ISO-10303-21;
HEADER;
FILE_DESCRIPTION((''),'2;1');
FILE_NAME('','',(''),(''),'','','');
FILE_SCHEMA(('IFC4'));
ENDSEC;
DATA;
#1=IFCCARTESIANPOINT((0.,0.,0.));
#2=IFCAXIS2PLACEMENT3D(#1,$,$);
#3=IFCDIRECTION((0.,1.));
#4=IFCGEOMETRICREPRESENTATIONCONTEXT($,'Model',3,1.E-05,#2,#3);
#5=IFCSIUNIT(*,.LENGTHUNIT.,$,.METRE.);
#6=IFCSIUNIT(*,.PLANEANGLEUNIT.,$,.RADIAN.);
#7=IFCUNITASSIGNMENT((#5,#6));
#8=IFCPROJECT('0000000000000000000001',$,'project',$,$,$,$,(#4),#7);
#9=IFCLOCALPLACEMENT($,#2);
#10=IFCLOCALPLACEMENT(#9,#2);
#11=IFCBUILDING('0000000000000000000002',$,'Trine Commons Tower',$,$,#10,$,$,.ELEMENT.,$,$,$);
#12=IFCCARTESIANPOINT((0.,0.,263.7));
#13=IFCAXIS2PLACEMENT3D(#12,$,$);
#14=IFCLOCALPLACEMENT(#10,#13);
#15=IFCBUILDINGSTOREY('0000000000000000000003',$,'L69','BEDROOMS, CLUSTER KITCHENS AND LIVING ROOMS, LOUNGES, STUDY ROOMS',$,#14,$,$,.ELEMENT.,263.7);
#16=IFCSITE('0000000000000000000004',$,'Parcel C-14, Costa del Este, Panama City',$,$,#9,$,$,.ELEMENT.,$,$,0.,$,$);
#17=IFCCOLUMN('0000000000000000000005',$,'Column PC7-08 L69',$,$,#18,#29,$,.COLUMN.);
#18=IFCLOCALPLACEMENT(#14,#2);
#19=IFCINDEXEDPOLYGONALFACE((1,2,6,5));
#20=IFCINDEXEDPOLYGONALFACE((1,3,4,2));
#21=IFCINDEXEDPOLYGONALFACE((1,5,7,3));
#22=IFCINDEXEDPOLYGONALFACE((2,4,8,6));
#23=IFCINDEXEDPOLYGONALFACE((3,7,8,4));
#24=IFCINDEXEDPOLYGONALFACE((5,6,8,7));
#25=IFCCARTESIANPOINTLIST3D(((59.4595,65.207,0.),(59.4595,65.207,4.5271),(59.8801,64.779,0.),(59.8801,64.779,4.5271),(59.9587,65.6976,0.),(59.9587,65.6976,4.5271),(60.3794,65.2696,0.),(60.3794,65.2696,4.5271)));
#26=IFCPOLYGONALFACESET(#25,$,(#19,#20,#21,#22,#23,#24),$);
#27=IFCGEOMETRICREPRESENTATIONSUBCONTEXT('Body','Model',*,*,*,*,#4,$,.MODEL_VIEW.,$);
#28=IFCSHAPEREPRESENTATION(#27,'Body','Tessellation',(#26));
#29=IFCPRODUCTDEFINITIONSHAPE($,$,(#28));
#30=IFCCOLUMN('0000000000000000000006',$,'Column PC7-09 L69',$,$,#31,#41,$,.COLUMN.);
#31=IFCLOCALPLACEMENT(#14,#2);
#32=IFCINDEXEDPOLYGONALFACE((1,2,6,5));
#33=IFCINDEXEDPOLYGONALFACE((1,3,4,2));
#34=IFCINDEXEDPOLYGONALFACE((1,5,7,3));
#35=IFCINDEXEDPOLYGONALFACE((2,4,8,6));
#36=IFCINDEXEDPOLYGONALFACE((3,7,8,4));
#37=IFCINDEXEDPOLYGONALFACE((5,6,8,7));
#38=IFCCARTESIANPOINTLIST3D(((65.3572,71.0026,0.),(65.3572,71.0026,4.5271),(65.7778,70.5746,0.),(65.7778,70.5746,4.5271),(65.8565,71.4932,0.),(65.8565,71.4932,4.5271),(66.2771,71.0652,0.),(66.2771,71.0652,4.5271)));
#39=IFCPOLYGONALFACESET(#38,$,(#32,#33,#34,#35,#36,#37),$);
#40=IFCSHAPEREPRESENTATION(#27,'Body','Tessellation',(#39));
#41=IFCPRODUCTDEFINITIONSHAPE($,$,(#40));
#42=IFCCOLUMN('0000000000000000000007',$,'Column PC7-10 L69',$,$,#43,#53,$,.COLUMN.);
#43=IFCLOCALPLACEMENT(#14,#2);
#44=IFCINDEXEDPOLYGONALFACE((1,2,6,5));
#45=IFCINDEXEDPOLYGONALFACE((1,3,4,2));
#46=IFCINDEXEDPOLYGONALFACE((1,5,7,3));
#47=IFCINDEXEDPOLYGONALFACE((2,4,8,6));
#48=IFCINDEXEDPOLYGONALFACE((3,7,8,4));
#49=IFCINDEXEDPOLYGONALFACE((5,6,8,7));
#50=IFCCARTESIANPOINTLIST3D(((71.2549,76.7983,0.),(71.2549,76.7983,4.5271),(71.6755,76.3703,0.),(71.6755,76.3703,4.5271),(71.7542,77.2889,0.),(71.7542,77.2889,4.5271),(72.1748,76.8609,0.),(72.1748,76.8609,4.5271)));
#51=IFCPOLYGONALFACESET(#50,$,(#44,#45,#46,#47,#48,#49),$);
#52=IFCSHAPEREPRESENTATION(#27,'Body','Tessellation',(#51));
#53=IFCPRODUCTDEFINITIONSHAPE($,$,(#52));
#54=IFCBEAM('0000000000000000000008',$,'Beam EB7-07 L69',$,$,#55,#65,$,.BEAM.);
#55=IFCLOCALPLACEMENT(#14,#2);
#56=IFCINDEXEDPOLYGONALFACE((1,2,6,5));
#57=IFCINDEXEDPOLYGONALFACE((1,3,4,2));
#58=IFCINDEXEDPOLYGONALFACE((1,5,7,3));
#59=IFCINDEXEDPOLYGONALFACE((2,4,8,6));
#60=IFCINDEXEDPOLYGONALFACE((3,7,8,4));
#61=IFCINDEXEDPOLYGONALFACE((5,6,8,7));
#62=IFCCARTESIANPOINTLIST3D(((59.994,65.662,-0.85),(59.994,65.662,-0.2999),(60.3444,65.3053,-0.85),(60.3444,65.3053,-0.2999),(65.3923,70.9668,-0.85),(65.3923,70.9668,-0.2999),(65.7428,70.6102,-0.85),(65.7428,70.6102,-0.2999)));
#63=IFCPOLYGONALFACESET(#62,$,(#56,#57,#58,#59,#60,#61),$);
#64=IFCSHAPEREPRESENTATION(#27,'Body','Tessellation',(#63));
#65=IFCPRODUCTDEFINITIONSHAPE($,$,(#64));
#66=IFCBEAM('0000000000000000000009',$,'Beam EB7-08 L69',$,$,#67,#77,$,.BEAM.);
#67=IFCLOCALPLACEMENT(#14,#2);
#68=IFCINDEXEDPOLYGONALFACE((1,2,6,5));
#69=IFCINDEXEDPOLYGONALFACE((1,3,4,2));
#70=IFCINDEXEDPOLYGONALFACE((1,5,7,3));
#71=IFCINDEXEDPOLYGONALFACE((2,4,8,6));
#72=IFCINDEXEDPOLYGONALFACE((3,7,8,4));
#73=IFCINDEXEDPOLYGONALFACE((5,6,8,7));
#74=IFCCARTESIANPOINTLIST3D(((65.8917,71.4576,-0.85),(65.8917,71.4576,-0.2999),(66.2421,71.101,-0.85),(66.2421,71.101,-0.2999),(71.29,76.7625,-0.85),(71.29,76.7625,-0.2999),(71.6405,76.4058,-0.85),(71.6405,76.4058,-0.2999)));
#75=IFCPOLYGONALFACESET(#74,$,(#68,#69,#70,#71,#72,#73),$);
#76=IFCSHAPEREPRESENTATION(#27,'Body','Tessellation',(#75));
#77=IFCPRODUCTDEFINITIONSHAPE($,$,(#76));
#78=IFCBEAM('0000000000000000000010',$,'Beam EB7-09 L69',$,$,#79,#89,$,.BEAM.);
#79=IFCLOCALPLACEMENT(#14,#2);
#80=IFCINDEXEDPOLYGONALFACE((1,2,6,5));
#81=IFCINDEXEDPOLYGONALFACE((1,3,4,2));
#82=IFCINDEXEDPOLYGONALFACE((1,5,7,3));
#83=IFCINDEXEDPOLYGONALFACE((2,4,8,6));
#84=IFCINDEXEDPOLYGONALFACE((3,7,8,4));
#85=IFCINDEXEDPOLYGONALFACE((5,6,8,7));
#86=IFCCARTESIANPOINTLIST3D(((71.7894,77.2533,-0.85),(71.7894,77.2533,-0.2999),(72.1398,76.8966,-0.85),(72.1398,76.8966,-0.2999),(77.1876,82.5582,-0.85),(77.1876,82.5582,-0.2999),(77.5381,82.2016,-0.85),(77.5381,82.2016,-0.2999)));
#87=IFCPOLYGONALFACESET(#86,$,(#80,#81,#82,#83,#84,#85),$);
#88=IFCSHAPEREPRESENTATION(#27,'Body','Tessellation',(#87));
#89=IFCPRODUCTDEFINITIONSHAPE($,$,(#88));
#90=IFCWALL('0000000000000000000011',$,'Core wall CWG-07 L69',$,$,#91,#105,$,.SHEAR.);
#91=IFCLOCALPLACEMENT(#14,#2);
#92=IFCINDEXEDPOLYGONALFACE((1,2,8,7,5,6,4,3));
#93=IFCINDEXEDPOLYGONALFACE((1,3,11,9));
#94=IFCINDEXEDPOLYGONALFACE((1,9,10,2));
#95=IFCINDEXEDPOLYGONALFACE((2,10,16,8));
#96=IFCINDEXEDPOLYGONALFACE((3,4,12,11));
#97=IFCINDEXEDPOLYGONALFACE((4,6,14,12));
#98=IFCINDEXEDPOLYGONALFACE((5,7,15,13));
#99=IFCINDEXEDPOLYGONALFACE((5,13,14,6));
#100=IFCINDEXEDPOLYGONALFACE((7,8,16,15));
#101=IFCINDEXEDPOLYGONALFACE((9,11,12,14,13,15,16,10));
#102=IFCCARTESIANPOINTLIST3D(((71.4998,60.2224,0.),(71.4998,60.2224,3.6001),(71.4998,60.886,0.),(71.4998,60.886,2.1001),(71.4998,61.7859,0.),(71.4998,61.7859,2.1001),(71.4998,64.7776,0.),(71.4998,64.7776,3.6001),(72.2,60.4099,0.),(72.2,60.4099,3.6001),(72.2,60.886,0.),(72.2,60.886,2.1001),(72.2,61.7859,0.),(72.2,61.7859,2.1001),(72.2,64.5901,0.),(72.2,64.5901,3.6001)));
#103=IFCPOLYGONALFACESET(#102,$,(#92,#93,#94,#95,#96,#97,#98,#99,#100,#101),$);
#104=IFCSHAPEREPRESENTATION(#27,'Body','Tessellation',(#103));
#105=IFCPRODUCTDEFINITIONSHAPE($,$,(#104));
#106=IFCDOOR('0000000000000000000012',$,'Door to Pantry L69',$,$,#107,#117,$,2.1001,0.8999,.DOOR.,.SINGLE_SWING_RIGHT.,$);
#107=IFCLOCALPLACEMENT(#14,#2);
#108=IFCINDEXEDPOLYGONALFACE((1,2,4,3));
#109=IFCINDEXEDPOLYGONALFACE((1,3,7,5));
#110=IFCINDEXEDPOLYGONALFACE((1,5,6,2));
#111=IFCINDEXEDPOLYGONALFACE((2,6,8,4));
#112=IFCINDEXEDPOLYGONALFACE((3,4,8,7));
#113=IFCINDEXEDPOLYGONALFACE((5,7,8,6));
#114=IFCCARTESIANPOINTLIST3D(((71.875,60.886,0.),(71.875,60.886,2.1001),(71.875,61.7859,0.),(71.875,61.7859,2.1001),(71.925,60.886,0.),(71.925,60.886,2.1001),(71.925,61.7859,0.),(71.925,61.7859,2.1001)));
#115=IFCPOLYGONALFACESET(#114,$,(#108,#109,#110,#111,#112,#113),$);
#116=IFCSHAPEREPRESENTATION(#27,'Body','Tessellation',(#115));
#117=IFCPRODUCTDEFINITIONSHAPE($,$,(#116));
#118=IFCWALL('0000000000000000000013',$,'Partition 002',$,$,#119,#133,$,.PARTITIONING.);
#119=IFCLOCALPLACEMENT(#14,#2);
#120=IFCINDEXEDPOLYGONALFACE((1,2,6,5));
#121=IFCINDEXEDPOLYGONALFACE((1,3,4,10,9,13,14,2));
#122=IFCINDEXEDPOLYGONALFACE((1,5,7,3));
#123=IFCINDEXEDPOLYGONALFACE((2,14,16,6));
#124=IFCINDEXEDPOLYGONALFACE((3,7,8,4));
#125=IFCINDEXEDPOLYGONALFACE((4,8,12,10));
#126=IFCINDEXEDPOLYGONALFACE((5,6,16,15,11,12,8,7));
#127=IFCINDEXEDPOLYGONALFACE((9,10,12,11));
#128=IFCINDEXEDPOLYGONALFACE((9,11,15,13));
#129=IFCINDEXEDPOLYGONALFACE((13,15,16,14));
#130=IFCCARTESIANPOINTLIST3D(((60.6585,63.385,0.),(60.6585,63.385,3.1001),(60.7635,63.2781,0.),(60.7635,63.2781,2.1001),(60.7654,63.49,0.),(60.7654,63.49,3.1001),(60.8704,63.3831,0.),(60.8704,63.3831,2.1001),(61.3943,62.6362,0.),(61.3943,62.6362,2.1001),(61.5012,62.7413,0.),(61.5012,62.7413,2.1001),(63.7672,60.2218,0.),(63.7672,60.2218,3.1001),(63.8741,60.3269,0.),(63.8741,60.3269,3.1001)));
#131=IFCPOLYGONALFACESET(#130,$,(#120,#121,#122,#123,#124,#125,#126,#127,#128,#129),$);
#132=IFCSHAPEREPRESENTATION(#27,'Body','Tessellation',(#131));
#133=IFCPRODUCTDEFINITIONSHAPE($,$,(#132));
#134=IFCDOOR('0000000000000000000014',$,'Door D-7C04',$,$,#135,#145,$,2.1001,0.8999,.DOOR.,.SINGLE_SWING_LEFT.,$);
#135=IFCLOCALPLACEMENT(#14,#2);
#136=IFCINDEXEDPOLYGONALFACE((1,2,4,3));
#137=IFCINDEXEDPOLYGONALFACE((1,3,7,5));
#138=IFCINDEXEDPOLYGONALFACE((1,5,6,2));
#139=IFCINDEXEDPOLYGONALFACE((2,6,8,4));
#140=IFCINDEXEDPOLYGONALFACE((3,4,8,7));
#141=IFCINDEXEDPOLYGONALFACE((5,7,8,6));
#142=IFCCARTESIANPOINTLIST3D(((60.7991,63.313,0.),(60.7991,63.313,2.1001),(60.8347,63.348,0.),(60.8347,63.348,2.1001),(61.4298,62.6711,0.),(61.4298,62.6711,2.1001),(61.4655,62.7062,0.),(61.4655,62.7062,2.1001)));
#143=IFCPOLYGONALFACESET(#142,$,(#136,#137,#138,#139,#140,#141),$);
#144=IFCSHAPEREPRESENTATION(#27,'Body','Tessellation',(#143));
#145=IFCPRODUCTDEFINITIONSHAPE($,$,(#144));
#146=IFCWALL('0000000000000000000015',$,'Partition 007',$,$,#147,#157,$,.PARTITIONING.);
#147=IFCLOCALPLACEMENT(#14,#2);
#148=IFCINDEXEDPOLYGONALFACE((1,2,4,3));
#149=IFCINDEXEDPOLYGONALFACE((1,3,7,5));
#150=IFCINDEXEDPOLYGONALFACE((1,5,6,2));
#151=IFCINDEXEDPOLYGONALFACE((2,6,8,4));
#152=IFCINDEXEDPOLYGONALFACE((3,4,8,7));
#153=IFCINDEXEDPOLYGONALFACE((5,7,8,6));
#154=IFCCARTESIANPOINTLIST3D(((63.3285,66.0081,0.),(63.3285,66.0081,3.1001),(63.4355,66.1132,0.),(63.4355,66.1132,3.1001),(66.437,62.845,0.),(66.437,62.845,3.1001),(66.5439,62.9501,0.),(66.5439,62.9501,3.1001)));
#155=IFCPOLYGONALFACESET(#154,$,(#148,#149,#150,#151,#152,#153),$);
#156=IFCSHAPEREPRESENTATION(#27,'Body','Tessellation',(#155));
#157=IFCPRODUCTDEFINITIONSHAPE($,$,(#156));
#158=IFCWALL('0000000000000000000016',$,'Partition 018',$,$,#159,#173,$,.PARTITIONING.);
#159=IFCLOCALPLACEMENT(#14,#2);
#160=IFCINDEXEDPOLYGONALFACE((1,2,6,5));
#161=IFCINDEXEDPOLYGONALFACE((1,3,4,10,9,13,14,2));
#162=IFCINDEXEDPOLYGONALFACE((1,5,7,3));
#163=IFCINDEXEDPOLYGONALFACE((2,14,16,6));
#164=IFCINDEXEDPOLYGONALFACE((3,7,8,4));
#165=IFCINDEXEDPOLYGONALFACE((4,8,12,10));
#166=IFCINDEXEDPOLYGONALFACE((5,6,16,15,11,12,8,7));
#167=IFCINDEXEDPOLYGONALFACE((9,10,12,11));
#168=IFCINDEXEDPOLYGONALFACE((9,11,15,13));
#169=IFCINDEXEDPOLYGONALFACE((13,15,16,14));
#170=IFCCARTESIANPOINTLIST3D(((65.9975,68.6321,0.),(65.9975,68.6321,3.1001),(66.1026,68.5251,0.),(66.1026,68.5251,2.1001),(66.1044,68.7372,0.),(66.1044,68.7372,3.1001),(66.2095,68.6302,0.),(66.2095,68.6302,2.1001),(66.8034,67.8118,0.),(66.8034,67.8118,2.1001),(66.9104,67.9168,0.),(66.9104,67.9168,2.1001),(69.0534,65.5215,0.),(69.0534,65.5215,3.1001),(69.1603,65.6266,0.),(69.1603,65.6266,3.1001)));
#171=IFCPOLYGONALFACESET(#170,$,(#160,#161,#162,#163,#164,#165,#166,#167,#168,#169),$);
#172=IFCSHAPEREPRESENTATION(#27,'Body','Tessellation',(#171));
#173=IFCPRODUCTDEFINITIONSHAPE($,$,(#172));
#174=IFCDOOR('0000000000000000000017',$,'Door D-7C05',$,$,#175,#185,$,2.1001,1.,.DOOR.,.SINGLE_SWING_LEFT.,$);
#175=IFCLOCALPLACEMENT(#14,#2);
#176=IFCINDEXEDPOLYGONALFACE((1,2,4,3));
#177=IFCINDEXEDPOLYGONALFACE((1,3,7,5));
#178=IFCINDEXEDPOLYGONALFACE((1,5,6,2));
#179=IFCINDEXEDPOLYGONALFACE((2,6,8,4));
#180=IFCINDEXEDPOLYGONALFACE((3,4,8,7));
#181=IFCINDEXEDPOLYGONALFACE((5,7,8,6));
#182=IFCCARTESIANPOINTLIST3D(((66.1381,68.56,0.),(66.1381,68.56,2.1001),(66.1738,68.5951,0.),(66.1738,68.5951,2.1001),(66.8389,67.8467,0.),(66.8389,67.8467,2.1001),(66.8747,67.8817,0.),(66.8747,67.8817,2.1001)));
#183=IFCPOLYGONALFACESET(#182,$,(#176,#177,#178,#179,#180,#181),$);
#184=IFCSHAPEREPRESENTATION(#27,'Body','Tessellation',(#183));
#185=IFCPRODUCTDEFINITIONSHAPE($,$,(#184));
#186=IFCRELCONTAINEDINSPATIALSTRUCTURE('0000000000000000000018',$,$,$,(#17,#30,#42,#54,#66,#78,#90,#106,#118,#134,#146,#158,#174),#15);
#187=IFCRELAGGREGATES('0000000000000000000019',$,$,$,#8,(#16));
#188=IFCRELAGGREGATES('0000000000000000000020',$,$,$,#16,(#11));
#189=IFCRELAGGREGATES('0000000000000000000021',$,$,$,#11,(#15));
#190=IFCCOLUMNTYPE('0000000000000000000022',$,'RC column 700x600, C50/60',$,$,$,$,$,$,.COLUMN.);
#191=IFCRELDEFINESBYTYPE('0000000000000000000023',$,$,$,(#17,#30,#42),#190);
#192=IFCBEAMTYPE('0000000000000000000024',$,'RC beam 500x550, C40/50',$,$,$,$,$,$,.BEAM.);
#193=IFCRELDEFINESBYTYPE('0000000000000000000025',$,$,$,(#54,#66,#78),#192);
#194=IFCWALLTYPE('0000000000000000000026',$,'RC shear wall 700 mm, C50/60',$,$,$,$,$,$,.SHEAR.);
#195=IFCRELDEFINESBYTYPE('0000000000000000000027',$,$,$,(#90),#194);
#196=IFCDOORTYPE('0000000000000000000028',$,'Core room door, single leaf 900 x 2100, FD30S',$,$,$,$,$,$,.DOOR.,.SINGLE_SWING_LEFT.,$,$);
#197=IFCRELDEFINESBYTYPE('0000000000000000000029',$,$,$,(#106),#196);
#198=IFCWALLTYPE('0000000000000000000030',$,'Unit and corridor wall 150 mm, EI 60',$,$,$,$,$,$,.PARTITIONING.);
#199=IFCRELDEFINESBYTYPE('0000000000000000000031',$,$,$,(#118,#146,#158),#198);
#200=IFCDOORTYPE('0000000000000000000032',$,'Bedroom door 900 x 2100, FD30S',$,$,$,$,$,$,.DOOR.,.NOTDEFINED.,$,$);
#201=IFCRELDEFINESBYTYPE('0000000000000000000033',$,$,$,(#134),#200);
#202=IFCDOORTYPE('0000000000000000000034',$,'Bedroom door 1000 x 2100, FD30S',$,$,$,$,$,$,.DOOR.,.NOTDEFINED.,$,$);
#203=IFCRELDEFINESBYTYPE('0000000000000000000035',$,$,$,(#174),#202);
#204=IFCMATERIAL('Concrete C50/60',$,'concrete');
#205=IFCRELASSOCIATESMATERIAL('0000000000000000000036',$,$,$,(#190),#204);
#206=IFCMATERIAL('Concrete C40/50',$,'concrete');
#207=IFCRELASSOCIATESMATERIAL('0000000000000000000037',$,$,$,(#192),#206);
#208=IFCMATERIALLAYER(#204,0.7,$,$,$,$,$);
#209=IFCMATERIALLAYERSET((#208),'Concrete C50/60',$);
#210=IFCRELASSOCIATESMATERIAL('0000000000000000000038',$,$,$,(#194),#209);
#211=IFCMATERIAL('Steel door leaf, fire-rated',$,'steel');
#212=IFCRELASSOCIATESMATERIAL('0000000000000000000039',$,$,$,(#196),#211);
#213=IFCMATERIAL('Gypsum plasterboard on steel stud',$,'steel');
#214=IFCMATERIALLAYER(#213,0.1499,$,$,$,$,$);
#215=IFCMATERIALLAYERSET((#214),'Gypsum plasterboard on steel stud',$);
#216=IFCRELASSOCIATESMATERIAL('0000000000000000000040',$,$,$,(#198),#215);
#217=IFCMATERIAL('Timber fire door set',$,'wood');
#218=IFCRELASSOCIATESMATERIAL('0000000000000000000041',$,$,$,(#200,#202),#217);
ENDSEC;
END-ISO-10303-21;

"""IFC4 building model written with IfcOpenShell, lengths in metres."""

from ifc_helpers import new_model, si_unit, direction, frame, frame_2d, origin, origin_2d, place, context, subcontext, project, spatial, polyline, rectangle, outline, extrude, material, layer, layer_set, material_profile, profile_set, type_object, element, fill, save


model = new_model("IFC4")

# Units and contexts
model_context = context("Model", 3, precision=1e-05, world=origin(), true_north=direction((0.0, 1.0)))
body_context = subcontext(model_context, "Body", "Model", "MODEL_VIEW")
ifc_project = project(units=[si_unit("LENGTHUNIT", "METRE"), si_unit("PLANEANGLEUNIT", "RADIAN")], contexts=[model_context])

# Site, building, storey
site_placement = place(None, origin())
site = spatial("IfcSite", under=ifc_project, at=site_placement, Name="Parcel C-14, Costa del Este, Panama City", CompositionType="ELEMENT", RefElevation=0.0)
building_placement = place(site_placement, origin())
building = spatial("IfcBuilding", under=site, at=building_placement, Name="Trine Commons Tower", CompositionType="ELEMENT")
storey_placement = place(building_placement, frame((0.0, 0.0, 263.7)))
storey = spatial("IfcBuildingStorey", under=building, at=storey_placement, Name="L69", Description="BEDROOMS, CLUSTER KITCHENS AND LIVING ROOMS, LOUNGES, STUDY ROOMS", CompositionType="ELEMENT", Elevation=263.7)

# Columns
ifc_material_1 = material(Name="Concrete C50/60", Category="concrete")
ifc_material_profile_1 = material_profile(ifc_material_1, rectangle(XDim=0.7, YDim=0.6001, at=origin_2d()), Name="RC 700x600")
ifc_profile_set_1 = profile_set([ifc_material_profile_1], Name="Concrete C50/60")
column_type = type_object("IfcColumnType", Name="RC column 700x600, C50/60", PredefinedType="COLUMN", material=ifc_profile_set_1)
for number, where, z_axis, x_axis, name in (
    (1, (59.9194, 65.2383, 0.0), (0.0, 0.0, 1.0), (0.71325, 0.700909, 0.0), "Column PC7-08 L69"),
    (2, (65.8171, 71.0339, 0.0), (0.0, 0.0, 1.0), (0.71325, 0.700909, 0.0), "Column PC7-09 L69"),
    (3, (71.7148, 76.8296, 0.0), (0.0, 0.0, 1.0), (0.71325, 0.700909, 0.0), "Column PC7-10 L69"),
):
    element("IfcColumn", number, at=place(storey_placement, frame(where, z_axis=z_axis, x_axis=x_axis)), inside=storey, type_object=column_type, Name=name, PredefinedType="COLUMN", context=body_context, shape_type="SweptSolid", body=[
        extrude(rectangle(XDim=0.7, YDim=0.6001, at=origin_2d()), origin(), (0.0, 0.0, 1.0), 4.5271),
    ])

# Beams
ifc_material_2 = material(Name="Concrete C40/50", Category="concrete")
ifc_material_profile_2 = material_profile(ifc_material_2, rectangle(XDim=0.5, YDim=0.55, at=origin_2d()), Name="RC 500x550")
ifc_profile_set_2 = profile_set([ifc_material_profile_2], Name="Concrete C40/50")
beam_type = type_object("IfcBeamType", Name="RC beam 500x550, C40/50", PredefinedType="BEAM", material=ifc_profile_set_2)
for number, where, z_axis, x_axis, name in (
    (4, (60.1692, 65.4836, -0.575), (0.713257, 0.700903, 0.0), (-0.700903, 0.713257, 0.0), "Beam EB7-07 L69"),
    (5, (66.0669, 71.2793, -0.575), (0.713257, 0.700903, 0.0), (-0.700903, 0.713257, 0.0), "Beam EB7-08 L69"),
    (6, (71.9646, 77.075, -0.575), (0.713241, 0.700919, 0.0), (-0.700919, 0.713241, 0.0), "Beam EB7-09 L69"),
):
    element("IfcBeam", number, at=place(storey_placement, frame(where, z_axis=z_axis, x_axis=x_axis)), inside=storey, type_object=beam_type, Name=name, PredefinedType="BEAM", context=body_context, shape_type="SweptSolid", body=[
        extrude(rectangle(XDim=0.5, YDim=0.55, at=origin_2d()), origin(), (0.0, 0.0, 1.0), 7.5686),
    ])

# Walls, openings, doors
ifc_layer_1 = layer(ifc_material_1, 0.7)
ifc_layer_set_1 = layer_set([ifc_layer_1], Name="Concrete C50/60")
wall_type_1 = type_object("IfcWallType", Name="RC shear wall 700 mm, C50/60", PredefinedType="SHEAR", material=ifc_layer_set_1)
wall_1_placement = place(storey_placement, frame((71.8499, 64.7776, 0.0), z_axis=(0.0, 0.0, 1.0), x_axis=(0.0, -1.0, 0.0)))
wall_1 = element("IfcWall", 7, at=wall_1_placement, inside=storey, type_object=wall_type_1, Name="Core wall CWG-07 L69", PredefinedType="SHEAR", context=body_context, shape_type="SweptSolid", body=[
    extrude(outline(polyline([(0.0, -0.3501), (4.5552, -0.3501), (4.3677, 0.3501), (0.1875, 0.3501), (0.0, -0.3501)])), origin(), (0.0, 0.0, 1.0), 3.6001),
])
opening_1_placement = place(wall_1_placement, frame((2.9917, 0.0, 0.0)))
opening_1 = element("IfcOpeningElement", 8, at=opening_1_placement, cuts=wall_1, PredefinedType="OPENING", context=body_context, shape_type="SweptSolid", body=[
    extrude(rectangle(XDim=0.8999, YDim=2.1001, at=frame_2d((0.45, 1.05))), frame((0.0, 0.3599, 0.0), z_axis=(0.0, -1.0, 0.0), x_axis=(1.0, 0.0, 0.0)), (0.0, 0.0, 1.0), 0.72),
])
ifc_material_3 = material(Name="Steel door leaf, fire-rated", Category="steel")
door_type_1 = type_object("IfcDoorType", Name="Core room door, single leaf 900 x 2100, FD30S", OperationType="SINGLE_SWING_LEFT", PredefinedType="DOOR", material=ifc_material_3)
door_1_placement = place(opening_1_placement, origin())
door_1 = element("IfcDoor", 9, at=door_1_placement, inside=storey, type_object=door_type_1, Name="Door to Pantry L69", OperationType="SINGLE_SWING_RIGHT", OverallHeight=2.1001, OverallWidth=0.8999, PredefinedType="DOOR", context=body_context, shape_type="SweptSolid", body=[
    extrude(rectangle(XDim=0.8999, YDim=2.1001, at=frame_2d((0.45, 1.05))), frame((0.0, 0.0752, 0.0), z_axis=(0.0, -1.0, 0.0), x_axis=(1.0, 0.0, 0.0)), (0.0, 0.0, 1.0), 0.05),
])
fill(opening_1, door_1)
ifc_material_4 = material(Name="Gypsum plasterboard on steel stud", Category="steel")
ifc_layer_2 = layer(ifc_material_4, 0.1499)
ifc_layer_set_2 = layer_set([ifc_layer_2], Name="Gypsum plasterboard on steel stud")
wall_type_2 = type_object("IfcWallType", Name="Unit and corridor wall 150 mm, EI 60", PredefinedType="PARTITIONING", material=ifc_layer_set_2)
wall_2_placement = place(storey_placement, frame((60.7119, 63.4375, 0.0), z_axis=(0.0, 0.0, 1.0), x_axis=(0.700942, -0.713218, 0.0)))
wall_2 = element("IfcWall", 10, at=wall_2_placement, inside=storey, type_object=wall_type_2, Name="Partition 002", PredefinedType="PARTITIONING", context=body_context, shape_type="SweptSolid", body=[
    extrude(rectangle(XDim=4.4351, YDim=0.1499, at=frame_2d((2.2175, 0.0))), origin(), (0.0, 0.0, 1.0), 3.1001),
])
opening_2_placement = place(wall_2_placement, frame((0.1499, 0.0, 0.0)))
opening_2 = element("IfcOpeningElement", 11, at=opening_2_placement, cuts=wall_2, PredefinedType="OPENING", context=body_context, shape_type="SweptSolid", body=[
    extrude(rectangle(XDim=0.8999, YDim=2.1001, at=frame_2d((0.45, 1.05))), frame((0.0, 0.085, 0.0), z_axis=(0.0, -1.0, 0.0), x_axis=(1.0, 0.0, 0.0)), (0.0, 0.0, 1.0), 0.1699),
])
ifc_material_5 = material(Name="Timber fire door set", Category="wood")
door_type_2 = type_object("IfcDoorType", Name="Bedroom door 900 x 2100, FD30S", OperationType="NOTDEFINED", PredefinedType="DOOR", material=ifc_material_5)
door_2_placement = place(opening_2_placement, origin())
door_2 = element("IfcDoor", 12, at=door_2_placement, inside=storey, type_object=door_type_2, Name="Door D-7C04", OperationType="SINGLE_SWING_LEFT", OverallHeight=2.1001, OverallWidth=0.8999, PredefinedType="DOOR", context=body_context, shape_type="SweptSolid", body=[
    extrude(rectangle(XDim=0.8999, YDim=2.1001, at=frame_2d((0.45, 1.05))), frame((0.0, 0.0249, 0.0), z_axis=(0.0, -1.0, 0.0), x_axis=(1.0, 0.0, 0.0)), (0.0, 0.0, 1.0), 0.05),
])
fill(opening_2, door_2)

# Wall
wall_3_placement = place(storey_placement, frame((63.3821, 66.0605, 0.0), z_axis=(0.0, 0.0, 1.0), x_axis=(0.700914, -0.713246, 0.0)))
element("IfcWall", 13, at=wall_3_placement, inside=storey, type_object=wall_type_2, Name="Partition 007", PredefinedType="PARTITIONING", context=body_context, shape_type="SweptSolid", body=[
    extrude(rectangle(XDim=4.4348, YDim=0.1499, at=frame_2d((2.2173, 0.0))), origin(), (0.0, 0.0, 1.0), 3.1001),
])

# Wall, opening, door
wall_4_placement = place(storey_placement, frame((66.051, 68.6846, 0.0), z_axis=(0.0, 0.0, 1.0), x_axis=(0.700808, -0.71335, 0.0)))
wall_4 = element("IfcWall", 14, at=wall_4_placement, inside=storey, type_object=wall_type_2, Name="Partition 018", PredefinedType="PARTITIONING", context=body_context, shape_type="SweptSolid", body=[
    extrude(rectangle(XDim=4.3606, YDim=0.1499, at=frame_2d((2.1802, 0.0))), origin(), (0.0, 0.0, 1.0), 3.1001),
])
opening_3_placement = place(wall_4_placement, frame((0.1499, 0.0, 0.0)))
opening_3 = element("IfcOpeningElement", 15, at=opening_3_placement, cuts=wall_4, PredefinedType="OPENING", context=body_context, shape_type="SweptSolid", body=[
    extrude(rectangle(XDim=1.0, YDim=2.1001, at=frame_2d((0.5, 1.05))), frame((0.0, 0.085, 0.0), z_axis=(0.0, -1.0, 0.0), x_axis=(1.0, 0.0, 0.0)), (0.0, 0.0, 1.0), 0.1699),
])
door_type_3 = type_object("IfcDoorType", Name="Bedroom door 1000 x 2100, FD30S", OperationType="NOTDEFINED", PredefinedType="DOOR", material=ifc_material_5)
door_3_placement = place(opening_3_placement, origin())
door_3 = element("IfcDoor", 16, at=door_3_placement, inside=storey, type_object=door_type_3, Name="Door D-7C05", OperationType="SINGLE_SWING_LEFT", OverallHeight=2.1001, OverallWidth=1.0, PredefinedType="DOOR", context=body_context, shape_type="SweptSolid", body=[
    extrude(rectangle(XDim=1.0, YDim=2.1001, at=frame_2d((0.5, 1.05))), frame((0.0, 0.0249, 0.0), z_axis=(0.0, -1.0, 0.0), x_axis=(1.0, 0.0, 0.0)), (0.0, 0.0, 1.0), 0.05),
])
fill(opening_3, door_3)

save(model, "model.ifc")
